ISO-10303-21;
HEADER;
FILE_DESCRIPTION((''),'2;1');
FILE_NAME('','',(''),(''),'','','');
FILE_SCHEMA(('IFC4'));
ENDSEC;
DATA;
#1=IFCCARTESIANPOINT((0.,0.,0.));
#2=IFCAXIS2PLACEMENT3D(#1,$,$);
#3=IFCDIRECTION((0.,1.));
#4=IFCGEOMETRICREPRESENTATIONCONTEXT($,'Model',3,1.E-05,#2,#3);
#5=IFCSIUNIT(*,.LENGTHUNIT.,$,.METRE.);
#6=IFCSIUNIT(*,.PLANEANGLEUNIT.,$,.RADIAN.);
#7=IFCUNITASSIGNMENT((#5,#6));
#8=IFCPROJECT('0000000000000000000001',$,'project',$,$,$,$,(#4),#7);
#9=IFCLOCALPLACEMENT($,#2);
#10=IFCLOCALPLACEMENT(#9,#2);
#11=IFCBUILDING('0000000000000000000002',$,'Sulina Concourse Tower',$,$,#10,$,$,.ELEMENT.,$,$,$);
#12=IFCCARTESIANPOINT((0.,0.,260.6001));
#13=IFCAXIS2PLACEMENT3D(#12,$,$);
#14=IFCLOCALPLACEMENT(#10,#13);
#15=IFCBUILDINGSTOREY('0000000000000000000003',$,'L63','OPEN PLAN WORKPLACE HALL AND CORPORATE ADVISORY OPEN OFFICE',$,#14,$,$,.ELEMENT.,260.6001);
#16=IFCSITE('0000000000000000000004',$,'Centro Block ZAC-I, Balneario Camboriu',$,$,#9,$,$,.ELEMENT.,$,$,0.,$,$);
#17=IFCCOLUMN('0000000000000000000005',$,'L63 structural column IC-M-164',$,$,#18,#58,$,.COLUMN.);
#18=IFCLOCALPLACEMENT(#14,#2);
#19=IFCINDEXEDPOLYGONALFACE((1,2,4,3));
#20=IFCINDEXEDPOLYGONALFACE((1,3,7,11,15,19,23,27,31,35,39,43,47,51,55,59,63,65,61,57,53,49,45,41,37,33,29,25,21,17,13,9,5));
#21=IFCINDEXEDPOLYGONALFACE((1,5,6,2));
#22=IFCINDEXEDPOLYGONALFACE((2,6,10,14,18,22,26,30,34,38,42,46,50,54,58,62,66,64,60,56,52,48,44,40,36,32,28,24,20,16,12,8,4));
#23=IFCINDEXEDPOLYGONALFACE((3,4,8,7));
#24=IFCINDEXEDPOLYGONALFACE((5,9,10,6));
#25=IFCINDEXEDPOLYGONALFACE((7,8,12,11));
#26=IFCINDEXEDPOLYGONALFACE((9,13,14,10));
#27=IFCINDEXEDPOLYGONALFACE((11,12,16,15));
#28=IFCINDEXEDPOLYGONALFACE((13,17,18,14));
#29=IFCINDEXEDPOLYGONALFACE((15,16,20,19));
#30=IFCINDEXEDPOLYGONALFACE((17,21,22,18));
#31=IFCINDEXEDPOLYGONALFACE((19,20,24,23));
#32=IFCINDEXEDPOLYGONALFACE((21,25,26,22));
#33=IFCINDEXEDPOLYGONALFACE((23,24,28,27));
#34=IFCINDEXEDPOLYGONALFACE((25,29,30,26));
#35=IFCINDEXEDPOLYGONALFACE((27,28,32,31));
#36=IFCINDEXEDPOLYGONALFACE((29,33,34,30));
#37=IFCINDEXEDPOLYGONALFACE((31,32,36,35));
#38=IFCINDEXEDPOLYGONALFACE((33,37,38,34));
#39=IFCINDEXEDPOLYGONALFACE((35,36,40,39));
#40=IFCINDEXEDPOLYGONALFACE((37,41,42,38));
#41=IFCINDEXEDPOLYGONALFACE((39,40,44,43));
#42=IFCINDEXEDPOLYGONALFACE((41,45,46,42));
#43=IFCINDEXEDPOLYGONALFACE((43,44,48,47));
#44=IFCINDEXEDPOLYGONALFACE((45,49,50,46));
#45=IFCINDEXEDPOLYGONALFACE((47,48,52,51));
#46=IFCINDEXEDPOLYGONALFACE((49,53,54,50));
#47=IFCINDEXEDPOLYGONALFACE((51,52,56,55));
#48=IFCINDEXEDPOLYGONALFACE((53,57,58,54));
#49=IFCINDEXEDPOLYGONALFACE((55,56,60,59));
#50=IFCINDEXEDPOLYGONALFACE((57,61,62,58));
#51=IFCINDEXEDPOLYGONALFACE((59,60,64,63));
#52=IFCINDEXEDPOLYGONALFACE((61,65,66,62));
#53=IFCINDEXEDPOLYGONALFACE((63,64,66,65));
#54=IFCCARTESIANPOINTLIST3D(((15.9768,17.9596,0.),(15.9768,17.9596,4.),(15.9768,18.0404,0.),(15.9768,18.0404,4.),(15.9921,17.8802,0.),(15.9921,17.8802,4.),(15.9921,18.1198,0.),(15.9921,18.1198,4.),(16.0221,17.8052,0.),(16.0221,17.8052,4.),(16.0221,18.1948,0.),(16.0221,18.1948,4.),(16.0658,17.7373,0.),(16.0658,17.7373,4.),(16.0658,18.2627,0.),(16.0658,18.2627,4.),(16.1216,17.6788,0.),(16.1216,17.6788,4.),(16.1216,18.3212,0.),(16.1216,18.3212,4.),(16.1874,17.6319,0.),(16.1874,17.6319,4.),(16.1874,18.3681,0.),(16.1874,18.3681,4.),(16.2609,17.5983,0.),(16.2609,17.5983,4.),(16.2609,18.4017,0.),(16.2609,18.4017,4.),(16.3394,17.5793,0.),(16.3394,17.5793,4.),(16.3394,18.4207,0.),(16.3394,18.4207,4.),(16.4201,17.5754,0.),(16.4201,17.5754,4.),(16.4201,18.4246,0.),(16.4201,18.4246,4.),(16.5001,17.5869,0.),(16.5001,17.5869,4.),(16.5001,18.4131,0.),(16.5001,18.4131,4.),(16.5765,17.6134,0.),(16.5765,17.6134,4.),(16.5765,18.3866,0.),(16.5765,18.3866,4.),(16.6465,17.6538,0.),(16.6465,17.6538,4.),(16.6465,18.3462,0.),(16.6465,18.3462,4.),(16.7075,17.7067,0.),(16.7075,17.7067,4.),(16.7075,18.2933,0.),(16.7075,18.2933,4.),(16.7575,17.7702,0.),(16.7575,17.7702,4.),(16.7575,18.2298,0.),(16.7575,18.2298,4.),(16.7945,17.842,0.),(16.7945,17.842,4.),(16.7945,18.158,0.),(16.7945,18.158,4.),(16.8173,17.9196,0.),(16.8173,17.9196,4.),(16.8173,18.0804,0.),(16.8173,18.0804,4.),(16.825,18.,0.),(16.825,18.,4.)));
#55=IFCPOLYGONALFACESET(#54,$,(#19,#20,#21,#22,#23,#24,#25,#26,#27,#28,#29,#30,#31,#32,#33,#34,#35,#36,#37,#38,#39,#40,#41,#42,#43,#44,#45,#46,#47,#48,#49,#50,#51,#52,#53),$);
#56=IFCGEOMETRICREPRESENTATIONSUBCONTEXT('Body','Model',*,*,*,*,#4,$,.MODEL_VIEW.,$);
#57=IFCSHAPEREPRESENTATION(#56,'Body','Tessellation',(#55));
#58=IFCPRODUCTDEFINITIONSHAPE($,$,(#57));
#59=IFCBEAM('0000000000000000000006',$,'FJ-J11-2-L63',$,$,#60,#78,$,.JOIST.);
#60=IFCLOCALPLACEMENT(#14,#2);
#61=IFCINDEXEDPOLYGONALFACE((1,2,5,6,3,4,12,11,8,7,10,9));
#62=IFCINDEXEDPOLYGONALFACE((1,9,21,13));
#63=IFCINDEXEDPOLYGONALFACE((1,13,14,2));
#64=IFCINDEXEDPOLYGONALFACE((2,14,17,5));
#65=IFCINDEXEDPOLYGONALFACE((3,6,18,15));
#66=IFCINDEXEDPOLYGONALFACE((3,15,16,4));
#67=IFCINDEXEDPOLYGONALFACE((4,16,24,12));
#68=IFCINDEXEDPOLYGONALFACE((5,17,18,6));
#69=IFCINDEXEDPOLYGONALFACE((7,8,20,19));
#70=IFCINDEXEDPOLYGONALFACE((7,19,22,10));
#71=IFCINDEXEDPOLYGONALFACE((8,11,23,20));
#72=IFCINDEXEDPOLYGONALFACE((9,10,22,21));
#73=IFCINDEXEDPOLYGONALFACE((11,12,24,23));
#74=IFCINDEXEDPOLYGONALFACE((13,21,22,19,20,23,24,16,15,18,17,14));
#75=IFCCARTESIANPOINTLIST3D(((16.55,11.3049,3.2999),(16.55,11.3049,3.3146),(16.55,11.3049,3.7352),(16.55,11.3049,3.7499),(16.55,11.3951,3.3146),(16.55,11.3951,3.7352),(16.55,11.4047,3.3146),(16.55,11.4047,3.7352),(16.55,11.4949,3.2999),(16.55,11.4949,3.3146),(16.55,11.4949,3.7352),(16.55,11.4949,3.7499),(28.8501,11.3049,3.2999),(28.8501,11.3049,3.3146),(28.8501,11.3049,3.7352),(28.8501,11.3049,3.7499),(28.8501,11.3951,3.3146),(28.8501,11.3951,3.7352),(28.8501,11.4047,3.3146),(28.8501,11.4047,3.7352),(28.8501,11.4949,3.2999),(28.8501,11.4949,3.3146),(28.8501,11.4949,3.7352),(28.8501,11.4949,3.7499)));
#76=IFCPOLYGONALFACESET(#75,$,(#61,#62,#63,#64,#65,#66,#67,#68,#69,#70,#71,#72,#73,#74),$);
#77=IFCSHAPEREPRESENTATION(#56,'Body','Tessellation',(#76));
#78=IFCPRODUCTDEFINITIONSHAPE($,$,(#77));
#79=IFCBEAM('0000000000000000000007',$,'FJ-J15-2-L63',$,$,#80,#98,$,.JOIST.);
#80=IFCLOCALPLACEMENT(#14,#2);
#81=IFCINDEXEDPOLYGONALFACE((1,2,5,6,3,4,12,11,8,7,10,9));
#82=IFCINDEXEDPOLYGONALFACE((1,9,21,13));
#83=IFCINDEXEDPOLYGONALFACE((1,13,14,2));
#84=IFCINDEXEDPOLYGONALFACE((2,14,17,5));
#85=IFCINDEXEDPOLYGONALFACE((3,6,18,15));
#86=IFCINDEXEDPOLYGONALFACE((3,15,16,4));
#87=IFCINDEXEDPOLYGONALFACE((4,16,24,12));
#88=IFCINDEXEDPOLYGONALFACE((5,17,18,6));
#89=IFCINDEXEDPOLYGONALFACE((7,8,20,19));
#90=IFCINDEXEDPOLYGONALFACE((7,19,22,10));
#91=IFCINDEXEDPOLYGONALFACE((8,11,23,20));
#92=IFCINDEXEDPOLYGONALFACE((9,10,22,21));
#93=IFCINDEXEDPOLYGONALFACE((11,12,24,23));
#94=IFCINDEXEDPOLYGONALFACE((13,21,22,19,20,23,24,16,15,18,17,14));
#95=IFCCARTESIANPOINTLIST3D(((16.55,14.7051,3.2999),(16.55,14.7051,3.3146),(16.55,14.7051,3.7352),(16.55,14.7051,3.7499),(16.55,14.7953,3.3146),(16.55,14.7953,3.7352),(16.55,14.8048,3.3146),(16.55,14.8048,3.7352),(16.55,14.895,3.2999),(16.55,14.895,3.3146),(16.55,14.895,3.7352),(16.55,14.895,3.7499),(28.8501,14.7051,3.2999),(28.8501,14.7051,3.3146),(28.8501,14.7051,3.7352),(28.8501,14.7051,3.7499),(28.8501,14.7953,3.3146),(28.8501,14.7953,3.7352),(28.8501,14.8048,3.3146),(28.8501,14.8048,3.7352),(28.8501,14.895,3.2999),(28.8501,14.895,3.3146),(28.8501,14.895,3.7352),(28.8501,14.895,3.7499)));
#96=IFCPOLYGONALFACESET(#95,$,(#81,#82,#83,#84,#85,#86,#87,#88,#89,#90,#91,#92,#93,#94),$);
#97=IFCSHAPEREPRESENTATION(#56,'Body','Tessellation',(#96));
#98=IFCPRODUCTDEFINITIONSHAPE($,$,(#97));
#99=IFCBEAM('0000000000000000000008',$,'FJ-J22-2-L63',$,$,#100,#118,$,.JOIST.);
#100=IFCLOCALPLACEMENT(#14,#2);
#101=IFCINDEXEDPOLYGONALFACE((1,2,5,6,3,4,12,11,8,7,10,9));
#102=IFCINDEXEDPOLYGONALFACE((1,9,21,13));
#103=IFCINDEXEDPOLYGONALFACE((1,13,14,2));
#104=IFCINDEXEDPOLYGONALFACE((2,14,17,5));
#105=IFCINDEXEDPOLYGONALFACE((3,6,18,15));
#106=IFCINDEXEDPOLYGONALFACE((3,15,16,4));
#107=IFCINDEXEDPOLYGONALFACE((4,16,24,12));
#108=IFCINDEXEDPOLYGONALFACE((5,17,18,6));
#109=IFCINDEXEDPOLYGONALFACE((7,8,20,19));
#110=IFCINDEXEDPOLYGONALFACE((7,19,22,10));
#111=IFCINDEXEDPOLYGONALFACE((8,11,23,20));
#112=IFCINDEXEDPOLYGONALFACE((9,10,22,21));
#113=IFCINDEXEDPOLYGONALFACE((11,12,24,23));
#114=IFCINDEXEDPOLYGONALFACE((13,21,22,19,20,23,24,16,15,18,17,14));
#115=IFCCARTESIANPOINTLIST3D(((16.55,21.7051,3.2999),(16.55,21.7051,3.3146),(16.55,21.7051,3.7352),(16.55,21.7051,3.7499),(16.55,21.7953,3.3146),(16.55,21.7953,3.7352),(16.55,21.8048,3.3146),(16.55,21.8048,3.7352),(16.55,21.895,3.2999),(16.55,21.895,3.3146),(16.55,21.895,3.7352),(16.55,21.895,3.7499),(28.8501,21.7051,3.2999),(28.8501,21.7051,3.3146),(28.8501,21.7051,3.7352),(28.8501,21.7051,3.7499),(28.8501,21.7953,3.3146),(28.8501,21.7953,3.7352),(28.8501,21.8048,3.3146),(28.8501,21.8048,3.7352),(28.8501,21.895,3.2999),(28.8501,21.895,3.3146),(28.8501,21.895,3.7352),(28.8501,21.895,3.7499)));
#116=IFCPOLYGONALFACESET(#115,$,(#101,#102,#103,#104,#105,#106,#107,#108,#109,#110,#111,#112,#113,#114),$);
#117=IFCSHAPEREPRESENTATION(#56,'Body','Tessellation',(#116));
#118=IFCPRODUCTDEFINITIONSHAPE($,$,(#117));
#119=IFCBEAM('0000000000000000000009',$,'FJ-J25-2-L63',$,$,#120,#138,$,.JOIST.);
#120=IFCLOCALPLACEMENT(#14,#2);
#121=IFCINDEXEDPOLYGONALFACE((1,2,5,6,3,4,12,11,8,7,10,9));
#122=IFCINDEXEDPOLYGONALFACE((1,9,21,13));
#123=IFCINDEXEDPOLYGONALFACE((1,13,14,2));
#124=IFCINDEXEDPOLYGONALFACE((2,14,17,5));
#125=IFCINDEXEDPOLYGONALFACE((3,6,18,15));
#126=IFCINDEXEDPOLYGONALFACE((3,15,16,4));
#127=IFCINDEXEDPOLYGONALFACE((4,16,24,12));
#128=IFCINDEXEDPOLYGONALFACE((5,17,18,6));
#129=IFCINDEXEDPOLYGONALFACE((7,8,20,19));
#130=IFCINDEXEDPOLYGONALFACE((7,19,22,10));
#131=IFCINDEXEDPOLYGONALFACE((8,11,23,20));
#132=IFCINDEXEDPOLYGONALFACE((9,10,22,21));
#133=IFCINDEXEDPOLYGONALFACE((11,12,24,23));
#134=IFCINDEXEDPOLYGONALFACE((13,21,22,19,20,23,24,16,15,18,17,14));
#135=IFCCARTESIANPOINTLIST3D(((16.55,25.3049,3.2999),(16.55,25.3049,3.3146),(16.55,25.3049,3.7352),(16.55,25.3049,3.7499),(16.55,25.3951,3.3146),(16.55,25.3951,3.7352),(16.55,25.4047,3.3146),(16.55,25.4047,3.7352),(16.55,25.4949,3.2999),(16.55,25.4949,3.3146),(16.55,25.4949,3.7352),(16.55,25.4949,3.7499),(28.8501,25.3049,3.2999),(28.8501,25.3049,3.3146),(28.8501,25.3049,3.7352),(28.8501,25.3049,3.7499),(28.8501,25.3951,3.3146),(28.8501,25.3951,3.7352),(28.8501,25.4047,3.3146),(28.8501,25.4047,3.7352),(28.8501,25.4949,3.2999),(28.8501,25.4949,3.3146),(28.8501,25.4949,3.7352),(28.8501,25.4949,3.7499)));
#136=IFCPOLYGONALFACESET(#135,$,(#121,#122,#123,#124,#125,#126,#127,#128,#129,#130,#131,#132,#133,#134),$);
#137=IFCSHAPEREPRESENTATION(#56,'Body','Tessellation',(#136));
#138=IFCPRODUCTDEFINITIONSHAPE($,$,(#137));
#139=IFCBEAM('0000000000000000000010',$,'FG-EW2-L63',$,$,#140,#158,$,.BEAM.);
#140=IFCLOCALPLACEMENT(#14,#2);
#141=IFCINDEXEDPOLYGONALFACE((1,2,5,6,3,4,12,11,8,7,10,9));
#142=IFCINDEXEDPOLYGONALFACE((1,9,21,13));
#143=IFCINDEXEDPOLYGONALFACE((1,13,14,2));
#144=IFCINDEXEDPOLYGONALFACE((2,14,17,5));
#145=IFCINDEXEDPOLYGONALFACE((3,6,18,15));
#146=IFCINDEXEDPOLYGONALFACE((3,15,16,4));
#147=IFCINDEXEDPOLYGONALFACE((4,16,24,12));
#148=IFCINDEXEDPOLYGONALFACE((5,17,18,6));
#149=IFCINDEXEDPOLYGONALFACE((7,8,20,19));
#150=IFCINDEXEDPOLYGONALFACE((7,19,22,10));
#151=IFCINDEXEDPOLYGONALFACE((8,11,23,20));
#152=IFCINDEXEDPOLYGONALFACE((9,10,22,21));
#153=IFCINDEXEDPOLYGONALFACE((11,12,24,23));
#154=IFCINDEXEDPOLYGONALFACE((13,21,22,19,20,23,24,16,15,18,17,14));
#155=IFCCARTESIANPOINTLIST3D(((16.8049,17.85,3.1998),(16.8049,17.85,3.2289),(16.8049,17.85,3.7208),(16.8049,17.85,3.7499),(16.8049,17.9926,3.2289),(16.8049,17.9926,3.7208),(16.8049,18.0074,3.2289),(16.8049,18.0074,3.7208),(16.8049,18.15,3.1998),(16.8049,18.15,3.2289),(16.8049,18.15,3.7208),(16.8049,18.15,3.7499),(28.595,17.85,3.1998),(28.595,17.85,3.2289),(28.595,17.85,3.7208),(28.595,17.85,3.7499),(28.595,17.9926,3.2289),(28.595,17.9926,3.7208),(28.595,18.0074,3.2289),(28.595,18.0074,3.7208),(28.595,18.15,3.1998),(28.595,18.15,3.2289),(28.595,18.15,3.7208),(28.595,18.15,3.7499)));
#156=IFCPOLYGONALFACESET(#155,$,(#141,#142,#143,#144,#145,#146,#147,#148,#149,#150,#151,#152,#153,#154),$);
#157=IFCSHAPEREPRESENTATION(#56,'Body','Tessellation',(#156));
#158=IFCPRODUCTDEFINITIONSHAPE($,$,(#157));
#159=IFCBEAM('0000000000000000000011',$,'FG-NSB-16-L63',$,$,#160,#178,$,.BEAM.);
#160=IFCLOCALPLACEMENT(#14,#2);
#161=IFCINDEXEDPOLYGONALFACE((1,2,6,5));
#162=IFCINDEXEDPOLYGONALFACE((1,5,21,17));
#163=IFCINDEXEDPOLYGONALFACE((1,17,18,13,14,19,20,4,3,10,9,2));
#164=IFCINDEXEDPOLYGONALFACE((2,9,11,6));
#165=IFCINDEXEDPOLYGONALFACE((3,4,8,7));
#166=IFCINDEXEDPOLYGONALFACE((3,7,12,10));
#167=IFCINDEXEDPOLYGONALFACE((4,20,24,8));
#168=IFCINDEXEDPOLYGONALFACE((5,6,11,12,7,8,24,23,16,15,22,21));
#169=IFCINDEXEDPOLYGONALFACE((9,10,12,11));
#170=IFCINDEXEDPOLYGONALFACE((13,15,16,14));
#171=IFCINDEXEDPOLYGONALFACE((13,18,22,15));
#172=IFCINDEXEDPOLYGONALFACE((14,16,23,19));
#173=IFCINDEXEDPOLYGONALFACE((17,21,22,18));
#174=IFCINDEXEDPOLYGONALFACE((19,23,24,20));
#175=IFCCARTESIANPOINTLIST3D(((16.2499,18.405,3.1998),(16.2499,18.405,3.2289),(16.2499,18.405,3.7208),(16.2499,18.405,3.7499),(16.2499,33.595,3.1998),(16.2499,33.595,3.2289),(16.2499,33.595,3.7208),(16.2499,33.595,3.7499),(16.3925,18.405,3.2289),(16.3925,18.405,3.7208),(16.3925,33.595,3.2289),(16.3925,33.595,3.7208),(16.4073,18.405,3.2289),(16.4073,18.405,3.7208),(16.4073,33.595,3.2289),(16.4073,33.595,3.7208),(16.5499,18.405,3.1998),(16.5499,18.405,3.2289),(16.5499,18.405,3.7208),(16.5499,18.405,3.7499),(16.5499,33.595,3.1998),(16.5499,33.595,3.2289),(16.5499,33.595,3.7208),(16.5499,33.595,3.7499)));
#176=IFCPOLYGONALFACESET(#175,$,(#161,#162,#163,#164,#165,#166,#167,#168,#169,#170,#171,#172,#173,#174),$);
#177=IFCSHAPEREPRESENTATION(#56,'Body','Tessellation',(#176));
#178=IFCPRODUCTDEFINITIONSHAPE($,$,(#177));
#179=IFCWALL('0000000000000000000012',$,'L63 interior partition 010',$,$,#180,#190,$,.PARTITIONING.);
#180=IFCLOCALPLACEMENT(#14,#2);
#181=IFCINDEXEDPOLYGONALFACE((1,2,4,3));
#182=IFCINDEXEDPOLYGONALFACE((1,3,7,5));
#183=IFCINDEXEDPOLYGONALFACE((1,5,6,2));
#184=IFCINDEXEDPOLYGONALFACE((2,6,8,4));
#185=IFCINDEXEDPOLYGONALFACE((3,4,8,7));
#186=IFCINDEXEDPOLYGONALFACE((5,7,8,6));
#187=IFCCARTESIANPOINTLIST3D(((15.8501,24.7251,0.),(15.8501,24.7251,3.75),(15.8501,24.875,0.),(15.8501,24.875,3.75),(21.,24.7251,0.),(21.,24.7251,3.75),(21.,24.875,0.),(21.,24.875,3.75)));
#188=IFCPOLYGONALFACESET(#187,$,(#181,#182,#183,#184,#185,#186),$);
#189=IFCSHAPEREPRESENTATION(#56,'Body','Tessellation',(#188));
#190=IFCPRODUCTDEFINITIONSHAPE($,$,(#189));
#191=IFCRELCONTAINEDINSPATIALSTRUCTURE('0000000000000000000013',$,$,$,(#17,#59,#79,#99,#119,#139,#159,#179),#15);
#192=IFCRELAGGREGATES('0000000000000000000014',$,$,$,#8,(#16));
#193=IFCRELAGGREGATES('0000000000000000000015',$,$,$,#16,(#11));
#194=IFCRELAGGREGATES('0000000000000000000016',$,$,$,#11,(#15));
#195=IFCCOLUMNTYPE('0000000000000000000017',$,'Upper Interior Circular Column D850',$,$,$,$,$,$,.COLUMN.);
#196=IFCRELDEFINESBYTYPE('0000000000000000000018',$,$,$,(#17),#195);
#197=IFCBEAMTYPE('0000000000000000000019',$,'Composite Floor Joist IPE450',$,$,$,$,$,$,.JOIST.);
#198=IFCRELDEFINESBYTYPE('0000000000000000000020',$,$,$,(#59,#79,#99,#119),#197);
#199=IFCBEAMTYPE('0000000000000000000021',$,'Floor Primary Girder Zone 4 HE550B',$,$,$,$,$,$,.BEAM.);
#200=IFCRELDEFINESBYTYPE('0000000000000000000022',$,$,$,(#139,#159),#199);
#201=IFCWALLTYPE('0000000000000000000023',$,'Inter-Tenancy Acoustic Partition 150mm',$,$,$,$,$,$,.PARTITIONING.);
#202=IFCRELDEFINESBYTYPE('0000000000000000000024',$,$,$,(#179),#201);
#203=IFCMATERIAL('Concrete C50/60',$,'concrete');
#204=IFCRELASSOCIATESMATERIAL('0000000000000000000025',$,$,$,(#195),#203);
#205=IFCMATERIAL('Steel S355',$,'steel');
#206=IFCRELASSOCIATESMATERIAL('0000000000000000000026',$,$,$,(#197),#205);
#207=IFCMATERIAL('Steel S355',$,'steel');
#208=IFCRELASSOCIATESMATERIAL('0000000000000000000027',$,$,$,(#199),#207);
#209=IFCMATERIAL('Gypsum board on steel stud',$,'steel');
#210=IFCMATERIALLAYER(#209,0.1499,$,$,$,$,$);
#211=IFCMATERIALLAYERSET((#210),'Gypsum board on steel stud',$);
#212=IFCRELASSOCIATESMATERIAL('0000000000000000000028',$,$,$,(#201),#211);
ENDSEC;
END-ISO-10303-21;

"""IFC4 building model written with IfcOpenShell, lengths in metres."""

from ifc_helpers import new_model, si_unit, direction, frame, frame_2d, origin, origin_2d, place, context, subcontext, project, spatial, rectangle, circle, i_section, extrude, material, layer, layer_set, material_profile, profile_set, type_object, element, save


model = new_model("IFC4")

# Units and contexts
model_context = context("Model", 3, precision=1e-05, world=origin(), true_north=direction((0.0, 1.0)))
body_context = subcontext(model_context, "Body", "Model", "MODEL_VIEW")
ifc_project = project(units=[si_unit("LENGTHUNIT", "METRE"), si_unit("PLANEANGLEUNIT", "RADIAN")], contexts=[model_context])

# Site, building, storey
site_placement = place(None, origin())
site = spatial("IfcSite", under=ifc_project, at=site_placement, Name="Centro Block ZAC-I, Balneario Camboriu", CompositionType="ELEMENT", RefElevation=0.0)
building_placement = place(site_placement, origin())
building = spatial("IfcBuilding", under=site, at=building_placement, Name="Sulina Concourse Tower", CompositionType="ELEMENT")
storey_placement = place(building_placement, frame((0.0, 0.0, 260.6001)))
storey = spatial("IfcBuildingStorey", under=building, at=storey_placement, Name="L63", Description="OPEN PLAN WORKPLACE HALL AND CORPORATE ADVISORY OPEN OFFICE", CompositionType="ELEMENT", Elevation=260.6001)

# Column
ifc_material_1 = material(Name="Concrete C50/60", Category="concrete")
ifc_material_profile_1 = material_profile(ifc_material_1, circle(Radius=0.425, at=origin_2d()), Name="RC D850")
ifc_profile_set_1 = profile_set([ifc_material_profile_1], Name="Concrete C50/60")
column_type = type_object("IfcColumnType", Name="Upper Interior Circular Column D850", PredefinedType="COLUMN", material=ifc_profile_set_1)
column_placement = place(storey_placement, frame((16.3999, 18.0, 0.0), z_axis=(0.0, 0.0, 1.0), x_axis=(1.0, 0.0, 0.0)))
element("IfcColumn", 1, at=column_placement, inside=storey, type_object=column_type, Name="L63 structural column IC-M-164", PredefinedType="COLUMN", context=body_context, shape_type="SweptSolid", body=[
    extrude(circle(Radius=0.425, at=origin_2d()), origin(), (0.0, 0.0, 1.0), 4.0),
])

# Beams
ifc_material_2 = material(Name="Steel S355", Category="steel")
ifc_material_profile_2 = material_profile(ifc_material_2, i_section(OverallWidth=0.1899, OverallDepth=0.45, WebThickness=0.0095, FlangeThickness=0.0146, at=origin_2d()), Name="IPE 450")
ifc_profile_set_2 = profile_set([ifc_material_profile_2], Name="Steel S355")
beam_type_1 = type_object("IfcBeamType", Name="Composite Floor Joist IPE450", PredefinedType="JOIST", material=ifc_profile_set_2)
for number, where, z_axis, x_axis, name in (
    (2, (16.55, 11.3999, 3.5249), (1.0, 0.0, 0.0), (0.0, 1.0, 0.0), "FJ-J11-2-L63"),
    (3, (16.55, 14.8, 3.5249), (1.0, 0.0, 0.0), (0.0, 1.0, 0.0), "FJ-J15-2-L63"),
    (4, (16.55, 21.8, 3.5249), (1.0, 0.0, 0.0), (0.0, 1.0, 0.0), "FJ-J22-2-L63"),
    (5, (16.55, 25.3999, 3.5249), (1.0, 0.0, 0.0), (0.0, 1.0, 0.0), "FJ-J25-2-L63"),
):
    element("IfcBeam", number, at=place(storey_placement, frame(where, z_axis=z_axis, x_axis=x_axis)), inside=storey, type_object=beam_type_1, Name=name, PredefinedType="JOIST", context=body_context, shape_type="SweptSolid", body=[
        extrude(i_section(OverallWidth=0.1899, OverallDepth=0.45, WebThickness=0.0095, FlangeThickness=0.0146, at=origin_2d()), origin(), (0.0, 0.0, 1.0), 12.3),
    ])
ifc_material_3 = material(Name="Steel S355", Category="steel")
ifc_material_profile_3 = material_profile(ifc_material_3, i_section(OverallWidth=0.3, OverallDepth=0.55, WebThickness=0.0149, FlangeThickness=0.0291, at=origin_2d()), Name="HE 550 B")
ifc_profile_set_3 = profile_set([ifc_material_profile_3], Name="Steel S355")
beam_type_2 = type_object("IfcBeamType", Name="Floor Primary Girder Zone 4 HE550B", PredefinedType="BEAM", material=ifc_profile_set_3)
beam_1_placement = place(storey_placement, frame((16.8049, 18.0, 3.4749), z_axis=(1.0, 0.0, 0.0), x_axis=(0.0, 1.0, 0.0)))
element("IfcBeam", 6, at=beam_1_placement, inside=storey, type_object=beam_type_2, Name="FG-EW2-L63", PredefinedType="BEAM", context=body_context, shape_type="SweptSolid", body=[
    extrude(i_section(OverallWidth=0.3, OverallDepth=0.55, WebThickness=0.0149, FlangeThickness=0.0291, at=origin_2d()), origin(), (0.0, 0.0, 1.0), 11.79),
])
beam_2_placement = place(storey_placement, frame((16.3999, 18.405, 3.4749), z_axis=(0.0, 1.0, 0.0), x_axis=(-1.0, 0.0, 0.0)))
element("IfcBeam", 7, at=beam_2_placement, inside=storey, type_object=beam_type_2, Name="FG-NSB-16-L63", PredefinedType="BEAM", context=body_context, shape_type="SweptSolid", body=[
    extrude(i_section(OverallWidth=0.3, OverallDepth=0.55, WebThickness=0.0149, FlangeThickness=0.0291, at=origin_2d()), origin(), (0.0, 0.0, 1.0), 15.1899),
])

# Wall
ifc_material_4 = material(Name="Gypsum board on steel stud", Category="steel")
ifc_layer_1 = layer(ifc_material_4, 0.1499)
ifc_layer_set_1 = layer_set([ifc_layer_1], Name="Gypsum board on steel stud")
wall_type_1 = type_object("IfcWallType", Name="Inter-Tenancy Acoustic Partition 150mm", PredefinedType="PARTITIONING", material=ifc_layer_set_1)
wall_1_placement = place(storey_placement, frame((15.8501, 24.8, 0.0), z_axis=(0.0, 0.0, 1.0), x_axis=(1.0, 0.0, 0.0)))
element("IfcWall", 8, at=wall_1_placement, inside=storey, type_object=wall_type_1, Name="L63 interior partition 010", PredefinedType="PARTITIONING", context=body_context, shape_type="SweptSolid", body=[
    extrude(rectangle(XDim=5.1499, YDim=0.1499, at=frame_2d((2.575, 0.0))), origin(), (0.0, 0.0, 1.0), 3.75),
])

save(model, "model.ifc")
